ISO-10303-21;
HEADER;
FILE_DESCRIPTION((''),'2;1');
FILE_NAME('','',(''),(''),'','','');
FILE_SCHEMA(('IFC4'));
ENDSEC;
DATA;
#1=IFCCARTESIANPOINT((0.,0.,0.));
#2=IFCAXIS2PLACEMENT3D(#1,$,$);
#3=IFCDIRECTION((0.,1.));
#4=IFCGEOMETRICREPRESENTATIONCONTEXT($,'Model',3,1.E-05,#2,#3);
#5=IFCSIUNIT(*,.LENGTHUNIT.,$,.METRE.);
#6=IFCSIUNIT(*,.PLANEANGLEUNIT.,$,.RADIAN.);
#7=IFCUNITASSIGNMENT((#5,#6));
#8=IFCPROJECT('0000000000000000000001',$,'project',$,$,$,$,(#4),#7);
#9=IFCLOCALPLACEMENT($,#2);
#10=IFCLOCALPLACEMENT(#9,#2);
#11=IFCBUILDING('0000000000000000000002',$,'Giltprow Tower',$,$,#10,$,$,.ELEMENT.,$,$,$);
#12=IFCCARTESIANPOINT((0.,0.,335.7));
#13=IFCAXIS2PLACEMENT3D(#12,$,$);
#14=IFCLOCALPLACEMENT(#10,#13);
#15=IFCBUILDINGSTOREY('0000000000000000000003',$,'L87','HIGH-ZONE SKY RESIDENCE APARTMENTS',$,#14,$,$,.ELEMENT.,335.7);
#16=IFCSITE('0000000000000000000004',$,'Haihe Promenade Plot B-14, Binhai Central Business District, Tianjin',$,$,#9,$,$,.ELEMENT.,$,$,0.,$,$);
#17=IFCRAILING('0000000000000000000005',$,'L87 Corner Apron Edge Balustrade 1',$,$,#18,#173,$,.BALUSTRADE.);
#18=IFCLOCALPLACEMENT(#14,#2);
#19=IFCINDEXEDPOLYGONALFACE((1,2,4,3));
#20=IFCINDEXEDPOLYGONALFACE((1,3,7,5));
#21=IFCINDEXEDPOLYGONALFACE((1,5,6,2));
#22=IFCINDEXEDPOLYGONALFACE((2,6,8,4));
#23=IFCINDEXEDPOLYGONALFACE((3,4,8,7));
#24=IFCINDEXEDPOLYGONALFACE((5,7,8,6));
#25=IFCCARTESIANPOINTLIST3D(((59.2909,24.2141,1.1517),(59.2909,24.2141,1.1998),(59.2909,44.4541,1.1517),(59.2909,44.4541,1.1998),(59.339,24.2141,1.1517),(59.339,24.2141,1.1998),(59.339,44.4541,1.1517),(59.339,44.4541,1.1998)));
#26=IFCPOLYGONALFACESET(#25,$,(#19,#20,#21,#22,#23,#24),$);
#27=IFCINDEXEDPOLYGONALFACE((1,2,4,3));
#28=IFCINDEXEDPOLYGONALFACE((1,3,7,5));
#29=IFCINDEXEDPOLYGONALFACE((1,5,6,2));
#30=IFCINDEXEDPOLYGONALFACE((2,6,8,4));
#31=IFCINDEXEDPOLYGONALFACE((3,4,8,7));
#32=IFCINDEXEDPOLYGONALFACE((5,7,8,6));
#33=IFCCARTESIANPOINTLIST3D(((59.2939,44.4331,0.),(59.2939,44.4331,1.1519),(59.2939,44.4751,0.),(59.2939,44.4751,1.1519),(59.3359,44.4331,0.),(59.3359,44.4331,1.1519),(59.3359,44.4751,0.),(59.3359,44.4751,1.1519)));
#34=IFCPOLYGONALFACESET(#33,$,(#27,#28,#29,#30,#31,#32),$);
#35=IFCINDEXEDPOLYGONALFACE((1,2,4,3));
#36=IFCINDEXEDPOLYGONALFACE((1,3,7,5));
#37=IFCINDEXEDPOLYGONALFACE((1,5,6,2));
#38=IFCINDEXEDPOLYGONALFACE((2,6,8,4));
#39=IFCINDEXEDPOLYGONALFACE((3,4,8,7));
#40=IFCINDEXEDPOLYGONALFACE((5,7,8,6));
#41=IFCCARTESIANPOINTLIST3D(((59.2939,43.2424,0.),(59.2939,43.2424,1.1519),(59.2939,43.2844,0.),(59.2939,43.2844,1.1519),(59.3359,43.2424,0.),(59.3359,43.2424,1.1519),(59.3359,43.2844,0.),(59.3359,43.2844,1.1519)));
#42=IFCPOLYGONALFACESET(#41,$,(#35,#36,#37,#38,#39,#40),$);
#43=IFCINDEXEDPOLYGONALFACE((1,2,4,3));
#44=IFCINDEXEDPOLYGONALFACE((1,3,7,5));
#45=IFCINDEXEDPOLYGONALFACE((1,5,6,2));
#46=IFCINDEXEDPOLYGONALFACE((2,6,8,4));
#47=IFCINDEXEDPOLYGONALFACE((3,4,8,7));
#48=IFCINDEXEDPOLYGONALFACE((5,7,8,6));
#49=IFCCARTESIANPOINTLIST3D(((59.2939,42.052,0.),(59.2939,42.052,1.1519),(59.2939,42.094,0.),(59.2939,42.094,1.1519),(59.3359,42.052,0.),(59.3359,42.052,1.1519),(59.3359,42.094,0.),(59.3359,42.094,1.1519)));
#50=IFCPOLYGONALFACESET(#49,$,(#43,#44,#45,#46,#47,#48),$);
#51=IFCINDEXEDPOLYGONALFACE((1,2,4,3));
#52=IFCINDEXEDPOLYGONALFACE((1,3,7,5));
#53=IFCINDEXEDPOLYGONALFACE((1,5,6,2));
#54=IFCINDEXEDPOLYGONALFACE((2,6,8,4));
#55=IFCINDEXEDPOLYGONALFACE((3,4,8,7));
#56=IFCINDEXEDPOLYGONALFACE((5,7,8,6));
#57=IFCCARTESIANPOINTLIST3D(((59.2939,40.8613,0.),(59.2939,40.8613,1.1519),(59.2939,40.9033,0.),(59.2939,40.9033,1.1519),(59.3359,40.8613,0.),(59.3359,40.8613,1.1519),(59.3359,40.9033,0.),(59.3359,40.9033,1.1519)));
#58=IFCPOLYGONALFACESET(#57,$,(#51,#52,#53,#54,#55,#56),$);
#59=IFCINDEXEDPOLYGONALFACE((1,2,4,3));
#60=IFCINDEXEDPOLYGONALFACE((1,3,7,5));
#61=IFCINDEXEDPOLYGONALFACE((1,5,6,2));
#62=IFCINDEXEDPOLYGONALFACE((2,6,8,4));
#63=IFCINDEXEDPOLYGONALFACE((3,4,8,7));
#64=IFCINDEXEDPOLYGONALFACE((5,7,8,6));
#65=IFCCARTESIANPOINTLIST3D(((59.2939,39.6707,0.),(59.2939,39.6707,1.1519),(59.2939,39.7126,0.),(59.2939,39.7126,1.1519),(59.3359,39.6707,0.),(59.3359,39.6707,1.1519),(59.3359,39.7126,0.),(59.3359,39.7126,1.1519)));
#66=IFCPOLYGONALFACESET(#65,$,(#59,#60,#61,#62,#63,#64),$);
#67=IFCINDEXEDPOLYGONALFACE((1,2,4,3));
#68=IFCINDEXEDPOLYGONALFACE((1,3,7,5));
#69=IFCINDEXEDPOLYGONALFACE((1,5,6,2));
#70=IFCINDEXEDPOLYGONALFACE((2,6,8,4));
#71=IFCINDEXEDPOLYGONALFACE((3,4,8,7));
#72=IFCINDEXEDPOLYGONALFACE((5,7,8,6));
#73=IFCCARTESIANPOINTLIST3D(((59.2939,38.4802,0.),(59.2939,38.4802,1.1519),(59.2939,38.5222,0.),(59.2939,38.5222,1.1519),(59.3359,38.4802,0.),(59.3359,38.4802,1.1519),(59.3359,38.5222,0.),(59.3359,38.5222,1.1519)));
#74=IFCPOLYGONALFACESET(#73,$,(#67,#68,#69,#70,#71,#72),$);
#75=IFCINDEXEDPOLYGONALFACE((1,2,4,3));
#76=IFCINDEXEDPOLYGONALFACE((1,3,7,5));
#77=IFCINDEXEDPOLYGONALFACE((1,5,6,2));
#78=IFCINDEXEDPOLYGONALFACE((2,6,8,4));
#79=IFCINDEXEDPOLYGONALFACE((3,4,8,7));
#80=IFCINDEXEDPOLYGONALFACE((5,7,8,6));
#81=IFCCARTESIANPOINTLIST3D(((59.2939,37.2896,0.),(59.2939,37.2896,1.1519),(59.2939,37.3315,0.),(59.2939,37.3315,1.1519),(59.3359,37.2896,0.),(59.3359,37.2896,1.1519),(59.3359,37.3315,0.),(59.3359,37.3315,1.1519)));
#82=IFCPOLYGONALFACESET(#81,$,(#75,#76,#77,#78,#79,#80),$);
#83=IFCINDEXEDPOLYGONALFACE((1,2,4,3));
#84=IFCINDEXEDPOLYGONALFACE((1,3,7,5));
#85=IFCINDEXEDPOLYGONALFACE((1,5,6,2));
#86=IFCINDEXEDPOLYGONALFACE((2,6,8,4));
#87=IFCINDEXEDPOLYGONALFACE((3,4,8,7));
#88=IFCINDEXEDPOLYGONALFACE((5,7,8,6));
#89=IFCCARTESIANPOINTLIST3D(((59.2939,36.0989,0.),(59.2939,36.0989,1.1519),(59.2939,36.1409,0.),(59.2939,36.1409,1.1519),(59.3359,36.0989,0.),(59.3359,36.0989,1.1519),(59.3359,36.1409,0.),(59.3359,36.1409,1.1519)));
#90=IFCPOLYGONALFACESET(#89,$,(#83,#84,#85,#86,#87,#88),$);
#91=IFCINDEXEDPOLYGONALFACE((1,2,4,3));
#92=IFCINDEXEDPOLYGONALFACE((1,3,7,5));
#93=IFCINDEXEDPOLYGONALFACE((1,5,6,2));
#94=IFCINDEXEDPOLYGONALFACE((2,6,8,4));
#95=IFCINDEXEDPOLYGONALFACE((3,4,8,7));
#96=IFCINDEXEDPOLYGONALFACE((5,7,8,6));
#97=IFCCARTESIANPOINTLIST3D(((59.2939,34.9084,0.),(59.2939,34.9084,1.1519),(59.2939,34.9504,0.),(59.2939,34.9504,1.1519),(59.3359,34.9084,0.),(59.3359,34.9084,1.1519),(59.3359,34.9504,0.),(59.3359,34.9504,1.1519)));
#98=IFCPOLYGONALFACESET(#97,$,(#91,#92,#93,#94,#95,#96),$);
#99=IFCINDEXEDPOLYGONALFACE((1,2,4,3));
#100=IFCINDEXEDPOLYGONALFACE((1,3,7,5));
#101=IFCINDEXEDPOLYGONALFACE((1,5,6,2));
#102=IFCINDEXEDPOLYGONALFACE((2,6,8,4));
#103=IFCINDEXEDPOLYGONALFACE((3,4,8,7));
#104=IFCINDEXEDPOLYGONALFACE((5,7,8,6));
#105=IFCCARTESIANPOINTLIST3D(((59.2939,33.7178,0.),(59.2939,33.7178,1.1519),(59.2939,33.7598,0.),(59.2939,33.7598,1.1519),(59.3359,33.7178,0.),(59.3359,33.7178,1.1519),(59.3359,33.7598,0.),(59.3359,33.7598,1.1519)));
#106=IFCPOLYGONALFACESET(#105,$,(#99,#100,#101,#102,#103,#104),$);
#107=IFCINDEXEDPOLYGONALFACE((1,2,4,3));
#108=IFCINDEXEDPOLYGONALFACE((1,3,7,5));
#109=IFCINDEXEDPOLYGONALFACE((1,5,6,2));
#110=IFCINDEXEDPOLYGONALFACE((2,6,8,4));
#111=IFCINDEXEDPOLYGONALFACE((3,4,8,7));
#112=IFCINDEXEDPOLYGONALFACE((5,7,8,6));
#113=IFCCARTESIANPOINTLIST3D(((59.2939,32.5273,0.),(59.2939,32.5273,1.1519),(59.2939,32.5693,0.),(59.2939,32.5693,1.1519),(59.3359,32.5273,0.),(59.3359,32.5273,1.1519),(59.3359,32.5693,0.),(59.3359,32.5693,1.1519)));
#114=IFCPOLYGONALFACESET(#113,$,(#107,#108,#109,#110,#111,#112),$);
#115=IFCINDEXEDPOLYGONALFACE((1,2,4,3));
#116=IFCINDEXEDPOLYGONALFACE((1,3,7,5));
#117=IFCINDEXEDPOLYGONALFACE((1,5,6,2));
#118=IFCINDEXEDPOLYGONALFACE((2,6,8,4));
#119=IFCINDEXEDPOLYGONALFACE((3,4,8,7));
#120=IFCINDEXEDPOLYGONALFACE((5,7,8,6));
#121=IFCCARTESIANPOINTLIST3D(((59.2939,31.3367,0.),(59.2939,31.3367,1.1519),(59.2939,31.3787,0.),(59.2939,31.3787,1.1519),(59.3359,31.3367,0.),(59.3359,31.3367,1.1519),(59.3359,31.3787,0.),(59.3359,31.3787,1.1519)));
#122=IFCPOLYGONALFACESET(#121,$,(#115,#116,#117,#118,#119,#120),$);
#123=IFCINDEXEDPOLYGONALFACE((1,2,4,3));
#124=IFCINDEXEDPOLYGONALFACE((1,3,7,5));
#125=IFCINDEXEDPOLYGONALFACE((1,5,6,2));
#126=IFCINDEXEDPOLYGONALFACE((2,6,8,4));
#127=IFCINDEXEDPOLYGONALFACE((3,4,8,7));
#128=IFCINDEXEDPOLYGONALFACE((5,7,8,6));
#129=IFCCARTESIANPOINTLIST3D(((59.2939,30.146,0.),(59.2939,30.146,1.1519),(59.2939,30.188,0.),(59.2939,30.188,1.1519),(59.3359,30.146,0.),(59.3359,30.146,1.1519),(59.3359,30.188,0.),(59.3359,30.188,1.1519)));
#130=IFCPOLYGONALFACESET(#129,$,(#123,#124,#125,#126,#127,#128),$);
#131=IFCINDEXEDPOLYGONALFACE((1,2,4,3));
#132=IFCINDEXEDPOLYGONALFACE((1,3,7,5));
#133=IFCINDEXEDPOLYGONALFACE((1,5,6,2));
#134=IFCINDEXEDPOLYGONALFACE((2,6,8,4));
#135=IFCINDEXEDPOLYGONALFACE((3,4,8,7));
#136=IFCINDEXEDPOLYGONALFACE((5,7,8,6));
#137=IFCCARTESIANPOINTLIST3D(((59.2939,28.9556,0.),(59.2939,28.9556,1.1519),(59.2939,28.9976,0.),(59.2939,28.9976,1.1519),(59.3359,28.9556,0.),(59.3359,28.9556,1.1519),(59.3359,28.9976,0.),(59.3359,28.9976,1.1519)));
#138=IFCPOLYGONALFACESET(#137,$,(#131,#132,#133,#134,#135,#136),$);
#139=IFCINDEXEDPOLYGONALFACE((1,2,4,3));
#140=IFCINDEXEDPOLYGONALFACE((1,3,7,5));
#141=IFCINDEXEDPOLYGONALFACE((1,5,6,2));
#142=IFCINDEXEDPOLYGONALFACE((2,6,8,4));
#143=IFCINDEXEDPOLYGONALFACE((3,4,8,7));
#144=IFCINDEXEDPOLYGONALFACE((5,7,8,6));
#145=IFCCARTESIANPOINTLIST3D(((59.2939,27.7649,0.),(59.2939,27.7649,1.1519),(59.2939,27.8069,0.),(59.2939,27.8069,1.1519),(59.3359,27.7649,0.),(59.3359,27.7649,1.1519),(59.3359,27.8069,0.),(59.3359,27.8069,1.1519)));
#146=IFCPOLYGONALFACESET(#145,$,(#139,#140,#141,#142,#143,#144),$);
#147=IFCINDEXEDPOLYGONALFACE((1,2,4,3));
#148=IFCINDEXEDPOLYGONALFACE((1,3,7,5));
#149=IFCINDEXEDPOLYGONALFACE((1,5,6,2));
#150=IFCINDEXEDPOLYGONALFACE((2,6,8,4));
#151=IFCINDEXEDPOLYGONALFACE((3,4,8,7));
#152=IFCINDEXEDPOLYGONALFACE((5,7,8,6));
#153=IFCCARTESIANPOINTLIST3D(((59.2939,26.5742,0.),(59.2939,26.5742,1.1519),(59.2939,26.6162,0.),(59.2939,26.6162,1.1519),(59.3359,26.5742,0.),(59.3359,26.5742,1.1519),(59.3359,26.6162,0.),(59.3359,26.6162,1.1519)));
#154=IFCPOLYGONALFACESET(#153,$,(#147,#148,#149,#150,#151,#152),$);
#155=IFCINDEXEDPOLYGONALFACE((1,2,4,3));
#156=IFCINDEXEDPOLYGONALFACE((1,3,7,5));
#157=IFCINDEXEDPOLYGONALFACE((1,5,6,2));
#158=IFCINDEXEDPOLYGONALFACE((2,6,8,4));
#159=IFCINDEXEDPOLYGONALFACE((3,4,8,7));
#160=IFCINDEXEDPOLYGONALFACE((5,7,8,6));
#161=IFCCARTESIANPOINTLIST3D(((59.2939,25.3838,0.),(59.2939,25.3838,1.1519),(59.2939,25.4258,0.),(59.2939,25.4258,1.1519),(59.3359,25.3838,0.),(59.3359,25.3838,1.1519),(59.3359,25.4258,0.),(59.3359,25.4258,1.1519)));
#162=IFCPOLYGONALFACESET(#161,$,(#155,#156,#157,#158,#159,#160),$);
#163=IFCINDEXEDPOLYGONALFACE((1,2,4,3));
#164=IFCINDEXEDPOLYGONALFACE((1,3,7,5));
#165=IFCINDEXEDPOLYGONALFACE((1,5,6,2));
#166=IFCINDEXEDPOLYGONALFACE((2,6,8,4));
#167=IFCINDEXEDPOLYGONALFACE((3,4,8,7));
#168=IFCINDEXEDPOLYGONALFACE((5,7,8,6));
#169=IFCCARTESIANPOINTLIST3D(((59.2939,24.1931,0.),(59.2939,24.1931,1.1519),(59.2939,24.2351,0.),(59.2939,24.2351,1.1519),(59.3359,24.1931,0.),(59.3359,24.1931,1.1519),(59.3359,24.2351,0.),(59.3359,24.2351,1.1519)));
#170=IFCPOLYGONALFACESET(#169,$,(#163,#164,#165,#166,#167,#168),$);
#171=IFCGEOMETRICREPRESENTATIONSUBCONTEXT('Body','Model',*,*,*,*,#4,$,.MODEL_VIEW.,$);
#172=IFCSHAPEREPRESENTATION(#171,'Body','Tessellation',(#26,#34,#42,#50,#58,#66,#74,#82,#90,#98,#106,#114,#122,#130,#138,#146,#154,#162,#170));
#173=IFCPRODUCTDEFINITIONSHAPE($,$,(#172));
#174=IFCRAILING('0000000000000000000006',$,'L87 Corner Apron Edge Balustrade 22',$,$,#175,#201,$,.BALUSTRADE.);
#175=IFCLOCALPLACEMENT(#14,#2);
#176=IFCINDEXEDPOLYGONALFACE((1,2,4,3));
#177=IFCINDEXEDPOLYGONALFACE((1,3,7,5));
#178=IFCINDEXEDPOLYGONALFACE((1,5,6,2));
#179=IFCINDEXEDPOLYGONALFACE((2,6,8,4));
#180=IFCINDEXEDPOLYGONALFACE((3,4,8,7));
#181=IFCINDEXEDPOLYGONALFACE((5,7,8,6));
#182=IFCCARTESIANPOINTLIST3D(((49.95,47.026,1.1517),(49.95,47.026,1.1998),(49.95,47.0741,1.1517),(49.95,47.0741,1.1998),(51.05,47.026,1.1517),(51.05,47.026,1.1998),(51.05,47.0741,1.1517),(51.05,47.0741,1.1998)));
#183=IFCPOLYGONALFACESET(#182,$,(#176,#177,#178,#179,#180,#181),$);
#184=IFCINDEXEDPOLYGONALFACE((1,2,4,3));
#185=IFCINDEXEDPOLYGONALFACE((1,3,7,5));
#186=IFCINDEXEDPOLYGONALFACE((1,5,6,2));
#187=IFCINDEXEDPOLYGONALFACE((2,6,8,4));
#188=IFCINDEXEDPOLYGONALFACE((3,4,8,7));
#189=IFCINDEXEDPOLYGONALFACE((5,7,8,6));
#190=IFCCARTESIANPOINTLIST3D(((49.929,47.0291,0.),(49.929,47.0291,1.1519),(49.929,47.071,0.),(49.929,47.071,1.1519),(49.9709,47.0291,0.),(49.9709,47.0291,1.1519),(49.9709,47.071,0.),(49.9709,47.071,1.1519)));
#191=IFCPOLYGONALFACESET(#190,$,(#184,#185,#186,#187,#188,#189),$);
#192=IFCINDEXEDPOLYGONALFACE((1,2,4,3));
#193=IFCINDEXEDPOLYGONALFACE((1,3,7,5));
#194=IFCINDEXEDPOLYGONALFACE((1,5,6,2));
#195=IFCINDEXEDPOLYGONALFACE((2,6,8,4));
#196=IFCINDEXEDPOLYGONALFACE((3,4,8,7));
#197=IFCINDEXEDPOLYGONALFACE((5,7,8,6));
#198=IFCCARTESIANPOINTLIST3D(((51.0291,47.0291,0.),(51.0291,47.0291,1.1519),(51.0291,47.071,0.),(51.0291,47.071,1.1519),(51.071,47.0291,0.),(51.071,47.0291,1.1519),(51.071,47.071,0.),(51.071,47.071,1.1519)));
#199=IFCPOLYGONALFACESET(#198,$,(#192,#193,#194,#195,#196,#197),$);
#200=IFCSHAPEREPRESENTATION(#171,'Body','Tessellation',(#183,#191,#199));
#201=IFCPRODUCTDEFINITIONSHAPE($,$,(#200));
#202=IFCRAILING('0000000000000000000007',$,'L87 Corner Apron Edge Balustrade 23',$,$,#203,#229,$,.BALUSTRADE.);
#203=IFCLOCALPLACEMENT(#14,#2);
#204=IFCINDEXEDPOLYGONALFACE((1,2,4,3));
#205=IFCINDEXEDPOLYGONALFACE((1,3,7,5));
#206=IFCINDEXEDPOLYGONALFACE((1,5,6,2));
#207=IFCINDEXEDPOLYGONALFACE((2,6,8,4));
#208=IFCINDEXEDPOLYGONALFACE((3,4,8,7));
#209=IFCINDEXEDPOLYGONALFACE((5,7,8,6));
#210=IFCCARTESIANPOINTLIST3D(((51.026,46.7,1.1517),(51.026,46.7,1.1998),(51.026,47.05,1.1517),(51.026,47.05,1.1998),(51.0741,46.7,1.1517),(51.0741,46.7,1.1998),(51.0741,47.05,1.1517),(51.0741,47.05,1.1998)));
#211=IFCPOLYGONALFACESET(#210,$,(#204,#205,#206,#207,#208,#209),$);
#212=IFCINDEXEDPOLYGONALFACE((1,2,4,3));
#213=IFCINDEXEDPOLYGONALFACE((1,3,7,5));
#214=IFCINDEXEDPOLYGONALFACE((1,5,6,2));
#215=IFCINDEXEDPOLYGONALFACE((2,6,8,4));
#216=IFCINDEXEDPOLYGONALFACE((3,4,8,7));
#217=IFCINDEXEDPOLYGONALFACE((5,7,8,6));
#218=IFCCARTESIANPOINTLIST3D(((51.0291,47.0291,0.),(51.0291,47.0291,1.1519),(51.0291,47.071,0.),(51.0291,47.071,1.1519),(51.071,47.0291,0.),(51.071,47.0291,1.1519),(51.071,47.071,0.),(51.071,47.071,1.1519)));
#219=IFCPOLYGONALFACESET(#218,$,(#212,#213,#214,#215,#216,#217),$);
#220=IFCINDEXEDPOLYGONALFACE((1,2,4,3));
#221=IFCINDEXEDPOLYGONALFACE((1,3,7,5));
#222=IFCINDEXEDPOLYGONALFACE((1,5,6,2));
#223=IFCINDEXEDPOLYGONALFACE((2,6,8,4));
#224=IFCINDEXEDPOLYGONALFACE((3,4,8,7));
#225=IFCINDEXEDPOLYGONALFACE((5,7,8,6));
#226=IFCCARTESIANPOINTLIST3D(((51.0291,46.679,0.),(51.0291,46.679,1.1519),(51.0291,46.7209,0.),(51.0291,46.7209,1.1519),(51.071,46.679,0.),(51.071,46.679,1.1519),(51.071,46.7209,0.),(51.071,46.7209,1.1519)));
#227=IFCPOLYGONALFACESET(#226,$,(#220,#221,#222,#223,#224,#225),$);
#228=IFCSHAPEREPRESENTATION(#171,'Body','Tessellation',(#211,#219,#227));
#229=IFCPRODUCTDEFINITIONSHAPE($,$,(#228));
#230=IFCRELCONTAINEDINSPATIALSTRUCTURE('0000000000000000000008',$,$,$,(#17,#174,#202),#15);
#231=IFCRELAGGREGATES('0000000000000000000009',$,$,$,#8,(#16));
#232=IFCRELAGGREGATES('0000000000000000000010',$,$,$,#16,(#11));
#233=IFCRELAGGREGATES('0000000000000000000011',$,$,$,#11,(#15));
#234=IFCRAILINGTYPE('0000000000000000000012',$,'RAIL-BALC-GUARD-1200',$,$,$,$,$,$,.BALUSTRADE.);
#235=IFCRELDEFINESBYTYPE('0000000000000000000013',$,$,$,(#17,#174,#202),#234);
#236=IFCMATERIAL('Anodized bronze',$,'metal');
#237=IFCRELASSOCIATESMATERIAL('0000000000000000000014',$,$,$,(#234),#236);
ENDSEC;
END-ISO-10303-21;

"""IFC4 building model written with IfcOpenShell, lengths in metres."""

from ifc_helpers import new_model, si_unit, direction, frame, origin, origin_2d, place, context, subcontext, project, spatial, rectangle, extrude, material, type_object, element, save


model = new_model("IFC4")

# Units and contexts
model_context = context("Model", 3, precision=1e-05, world=origin(), true_north=direction((0.0, 1.0)))
body_context = subcontext(model_context, "Body", "Model", "MODEL_VIEW")
ifc_project = project(units=[si_unit("LENGTHUNIT", "METRE"), si_unit("PLANEANGLEUNIT", "RADIAN")], contexts=[model_context])

# Site, building, storey
site_placement = place(None, origin())
site = spatial("IfcSite", under=ifc_project, at=site_placement, Name="Haihe Promenade Plot B-14, Binhai Central Business District, Tianjin", CompositionType="ELEMENT", RefElevation=0.0)
building_placement = place(site_placement, origin())
building = spatial("IfcBuilding", under=site, at=building_placement, Name="Giltprow Tower", CompositionType="ELEMENT")
storey_placement = place(building_placement, frame((0.0, 0.0, 335.7)))
storey = spatial("IfcBuildingStorey", under=building, at=storey_placement, Name="L87", Description="HIGH-ZONE SKY RESIDENCE APARTMENTS", CompositionType="ELEMENT", Elevation=335.7)

# Railings
ifc_material_1 = material(Name="Anodized bronze", Category="metal")
railing_type = type_object("IfcRailingType", Name="RAIL-BALC-GUARD-1200", PredefinedType="BALUSTRADE", material=ifc_material_1)
railing_1_placement = place(storey_placement, frame((59.3149, 44.4541, 0.0)))
element("IfcRailing", 1, at=railing_1_placement, inside=storey, type_object=railing_type, Name="L87 Corner Apron Edge Balustrade 1", PredefinedType="BALUSTRADE", context=body_context, shape_type="SweptSolid", body=[
    extrude(rectangle(XDim=0.0481, YDim=0.0481, at=origin_2d()), frame((0.0, 0.0, 1.1758), z_axis=(0.0, -1.0, 0.0), x_axis=(1.0, 0.0, 0.0)), (0.0, 0.0, 1.0), 20.24),
    extrude(rectangle(XDim=0.042, YDim=0.042, at=origin_2d()), origin(), (0.0, 0.0, 1.0), 1.1519),
    extrude(rectangle(XDim=0.042, YDim=0.042, at=origin_2d()), frame((0.0, -1.1907, 0.0)), (0.0, 0.0, 1.0), 1.1519),
    extrude(rectangle(XDim=0.042, YDim=0.042, at=origin_2d()), frame((0.0, -2.3811, 0.0)), (0.0, 0.0, 1.0), 1.1519),
    extrude(rectangle(XDim=0.042, YDim=0.042, at=origin_2d()), frame((0.0, -3.5718, 0.0)), (0.0, 0.0, 1.0), 1.1519),
    extrude(rectangle(XDim=0.042, YDim=0.042, at=origin_2d()), frame((0.0, -4.7625, 0.0)), (0.0, 0.0, 1.0), 1.1519),
    extrude(rectangle(XDim=0.042, YDim=0.042, at=origin_2d()), frame((0.0, -5.9529, 0.0)), (0.0, 0.0, 1.0), 1.1519),
    extrude(rectangle(XDim=0.042, YDim=0.042, at=origin_2d()), frame((0.0, -7.1436, 0.0)), (0.0, 0.0, 1.0), 1.1519),
    extrude(rectangle(XDim=0.042, YDim=0.042, at=origin_2d()), frame((0.0, -8.3342, 0.0)), (0.0, 0.0, 1.0), 1.1519),
    extrude(rectangle(XDim=0.042, YDim=0.042, at=origin_2d()), frame((0.0, -9.5247, 0.0)), (0.0, 0.0, 1.0), 1.1519),
    extrude(rectangle(XDim=0.042, YDim=0.042, at=origin_2d()), frame((0.0, -10.7153, 0.0)), (0.0, 0.0, 1.0), 1.1519),
    extrude(rectangle(XDim=0.042, YDim=0.042, at=origin_2d()), frame((0.0, -11.9058, 0.0)), (0.0, 0.0, 1.0), 1.1519),
    extrude(rectangle(XDim=0.042, YDim=0.042, at=origin_2d()), frame((0.0, -13.0964, 0.0)), (0.0, 0.0, 1.0), 1.1519),
    extrude(rectangle(XDim=0.042, YDim=0.042, at=origin_2d()), frame((0.0, -14.2871, 0.0)), (0.0, 0.0, 1.0), 1.1519),
    extrude(rectangle(XDim=0.042, YDim=0.042, at=origin_2d()), frame((0.0, -15.4775, 0.0)), (0.0, 0.0, 1.0), 1.1519),
    extrude(rectangle(XDim=0.042, YDim=0.042, at=origin_2d()), frame((0.0, -16.6682, 0.0)), (0.0, 0.0, 1.0), 1.1519),
    extrude(rectangle(XDim=0.042, YDim=0.042, at=origin_2d()), frame((0.0, -17.8589, 0.0)), (0.0, 0.0, 1.0), 1.1519),
    extrude(rectangle(XDim=0.042, YDim=0.042, at=origin_2d()), frame((0.0, -19.0493, 0.0)), (0.0, 0.0, 1.0), 1.1519),
    extrude(rectangle(XDim=0.042, YDim=0.042, at=origin_2d()), frame((0.0, -20.24, 0.0)), (0.0, 0.0, 1.0), 1.1519),
])
railing_2_placement = place(storey_placement, frame((49.95, 47.05, 0.0)))
element("IfcRailing", 2, at=railing_2_placement, inside=storey, type_object=railing_type, Name="L87 Corner Apron Edge Balustrade 22", PredefinedType="BALUSTRADE", context=body_context, shape_type="SweptSolid", body=[
    extrude(rectangle(XDim=0.0481, YDim=0.0481, at=origin_2d()), frame((0.0, 0.0, 1.1758), z_axis=(1.0, 0.0, 0.0), x_axis=(0.0, 1.0, 0.0)), (0.0, 0.0, 1.0), 1.1001),
    extrude(rectangle(XDim=0.042, YDim=0.042, at=origin_2d()), origin(), (0.0, 0.0, 1.0), 1.1519),
    extrude(rectangle(XDim=0.042, YDim=0.042, at=origin_2d()), frame((1.1001, 0.0, 0.0)), (0.0, 0.0, 1.0), 1.1519),
])
railing_3_placement = place(storey_placement, frame((51.05, 47.05, 0.0)))
element("IfcRailing", 3, at=railing_3_placement, inside=storey, type_object=railing_type, Name="L87 Corner Apron Edge Balustrade 23", PredefinedType="BALUSTRADE", context=body_context, shape_type="SweptSolid", body=[
    extrude(rectangle(XDim=0.0481, YDim=0.0481, at=origin_2d()), frame((0.0, 0.0, 1.1758), z_axis=(0.0, -1.0, 0.0), x_axis=(1.0, 0.0, 0.0)), (0.0, 0.0, 1.0), 0.3501),
    extrude(rectangle(XDim=0.042, YDim=0.042, at=origin_2d()), origin(), (0.0, 0.0, 1.0), 1.1519),
    extrude(rectangle(XDim=0.042, YDim=0.042, at=origin_2d()), frame((0.0, -0.3501, 0.0)), (0.0, 0.0, 1.0), 1.1519),
])

save(model, "model.ifc")
